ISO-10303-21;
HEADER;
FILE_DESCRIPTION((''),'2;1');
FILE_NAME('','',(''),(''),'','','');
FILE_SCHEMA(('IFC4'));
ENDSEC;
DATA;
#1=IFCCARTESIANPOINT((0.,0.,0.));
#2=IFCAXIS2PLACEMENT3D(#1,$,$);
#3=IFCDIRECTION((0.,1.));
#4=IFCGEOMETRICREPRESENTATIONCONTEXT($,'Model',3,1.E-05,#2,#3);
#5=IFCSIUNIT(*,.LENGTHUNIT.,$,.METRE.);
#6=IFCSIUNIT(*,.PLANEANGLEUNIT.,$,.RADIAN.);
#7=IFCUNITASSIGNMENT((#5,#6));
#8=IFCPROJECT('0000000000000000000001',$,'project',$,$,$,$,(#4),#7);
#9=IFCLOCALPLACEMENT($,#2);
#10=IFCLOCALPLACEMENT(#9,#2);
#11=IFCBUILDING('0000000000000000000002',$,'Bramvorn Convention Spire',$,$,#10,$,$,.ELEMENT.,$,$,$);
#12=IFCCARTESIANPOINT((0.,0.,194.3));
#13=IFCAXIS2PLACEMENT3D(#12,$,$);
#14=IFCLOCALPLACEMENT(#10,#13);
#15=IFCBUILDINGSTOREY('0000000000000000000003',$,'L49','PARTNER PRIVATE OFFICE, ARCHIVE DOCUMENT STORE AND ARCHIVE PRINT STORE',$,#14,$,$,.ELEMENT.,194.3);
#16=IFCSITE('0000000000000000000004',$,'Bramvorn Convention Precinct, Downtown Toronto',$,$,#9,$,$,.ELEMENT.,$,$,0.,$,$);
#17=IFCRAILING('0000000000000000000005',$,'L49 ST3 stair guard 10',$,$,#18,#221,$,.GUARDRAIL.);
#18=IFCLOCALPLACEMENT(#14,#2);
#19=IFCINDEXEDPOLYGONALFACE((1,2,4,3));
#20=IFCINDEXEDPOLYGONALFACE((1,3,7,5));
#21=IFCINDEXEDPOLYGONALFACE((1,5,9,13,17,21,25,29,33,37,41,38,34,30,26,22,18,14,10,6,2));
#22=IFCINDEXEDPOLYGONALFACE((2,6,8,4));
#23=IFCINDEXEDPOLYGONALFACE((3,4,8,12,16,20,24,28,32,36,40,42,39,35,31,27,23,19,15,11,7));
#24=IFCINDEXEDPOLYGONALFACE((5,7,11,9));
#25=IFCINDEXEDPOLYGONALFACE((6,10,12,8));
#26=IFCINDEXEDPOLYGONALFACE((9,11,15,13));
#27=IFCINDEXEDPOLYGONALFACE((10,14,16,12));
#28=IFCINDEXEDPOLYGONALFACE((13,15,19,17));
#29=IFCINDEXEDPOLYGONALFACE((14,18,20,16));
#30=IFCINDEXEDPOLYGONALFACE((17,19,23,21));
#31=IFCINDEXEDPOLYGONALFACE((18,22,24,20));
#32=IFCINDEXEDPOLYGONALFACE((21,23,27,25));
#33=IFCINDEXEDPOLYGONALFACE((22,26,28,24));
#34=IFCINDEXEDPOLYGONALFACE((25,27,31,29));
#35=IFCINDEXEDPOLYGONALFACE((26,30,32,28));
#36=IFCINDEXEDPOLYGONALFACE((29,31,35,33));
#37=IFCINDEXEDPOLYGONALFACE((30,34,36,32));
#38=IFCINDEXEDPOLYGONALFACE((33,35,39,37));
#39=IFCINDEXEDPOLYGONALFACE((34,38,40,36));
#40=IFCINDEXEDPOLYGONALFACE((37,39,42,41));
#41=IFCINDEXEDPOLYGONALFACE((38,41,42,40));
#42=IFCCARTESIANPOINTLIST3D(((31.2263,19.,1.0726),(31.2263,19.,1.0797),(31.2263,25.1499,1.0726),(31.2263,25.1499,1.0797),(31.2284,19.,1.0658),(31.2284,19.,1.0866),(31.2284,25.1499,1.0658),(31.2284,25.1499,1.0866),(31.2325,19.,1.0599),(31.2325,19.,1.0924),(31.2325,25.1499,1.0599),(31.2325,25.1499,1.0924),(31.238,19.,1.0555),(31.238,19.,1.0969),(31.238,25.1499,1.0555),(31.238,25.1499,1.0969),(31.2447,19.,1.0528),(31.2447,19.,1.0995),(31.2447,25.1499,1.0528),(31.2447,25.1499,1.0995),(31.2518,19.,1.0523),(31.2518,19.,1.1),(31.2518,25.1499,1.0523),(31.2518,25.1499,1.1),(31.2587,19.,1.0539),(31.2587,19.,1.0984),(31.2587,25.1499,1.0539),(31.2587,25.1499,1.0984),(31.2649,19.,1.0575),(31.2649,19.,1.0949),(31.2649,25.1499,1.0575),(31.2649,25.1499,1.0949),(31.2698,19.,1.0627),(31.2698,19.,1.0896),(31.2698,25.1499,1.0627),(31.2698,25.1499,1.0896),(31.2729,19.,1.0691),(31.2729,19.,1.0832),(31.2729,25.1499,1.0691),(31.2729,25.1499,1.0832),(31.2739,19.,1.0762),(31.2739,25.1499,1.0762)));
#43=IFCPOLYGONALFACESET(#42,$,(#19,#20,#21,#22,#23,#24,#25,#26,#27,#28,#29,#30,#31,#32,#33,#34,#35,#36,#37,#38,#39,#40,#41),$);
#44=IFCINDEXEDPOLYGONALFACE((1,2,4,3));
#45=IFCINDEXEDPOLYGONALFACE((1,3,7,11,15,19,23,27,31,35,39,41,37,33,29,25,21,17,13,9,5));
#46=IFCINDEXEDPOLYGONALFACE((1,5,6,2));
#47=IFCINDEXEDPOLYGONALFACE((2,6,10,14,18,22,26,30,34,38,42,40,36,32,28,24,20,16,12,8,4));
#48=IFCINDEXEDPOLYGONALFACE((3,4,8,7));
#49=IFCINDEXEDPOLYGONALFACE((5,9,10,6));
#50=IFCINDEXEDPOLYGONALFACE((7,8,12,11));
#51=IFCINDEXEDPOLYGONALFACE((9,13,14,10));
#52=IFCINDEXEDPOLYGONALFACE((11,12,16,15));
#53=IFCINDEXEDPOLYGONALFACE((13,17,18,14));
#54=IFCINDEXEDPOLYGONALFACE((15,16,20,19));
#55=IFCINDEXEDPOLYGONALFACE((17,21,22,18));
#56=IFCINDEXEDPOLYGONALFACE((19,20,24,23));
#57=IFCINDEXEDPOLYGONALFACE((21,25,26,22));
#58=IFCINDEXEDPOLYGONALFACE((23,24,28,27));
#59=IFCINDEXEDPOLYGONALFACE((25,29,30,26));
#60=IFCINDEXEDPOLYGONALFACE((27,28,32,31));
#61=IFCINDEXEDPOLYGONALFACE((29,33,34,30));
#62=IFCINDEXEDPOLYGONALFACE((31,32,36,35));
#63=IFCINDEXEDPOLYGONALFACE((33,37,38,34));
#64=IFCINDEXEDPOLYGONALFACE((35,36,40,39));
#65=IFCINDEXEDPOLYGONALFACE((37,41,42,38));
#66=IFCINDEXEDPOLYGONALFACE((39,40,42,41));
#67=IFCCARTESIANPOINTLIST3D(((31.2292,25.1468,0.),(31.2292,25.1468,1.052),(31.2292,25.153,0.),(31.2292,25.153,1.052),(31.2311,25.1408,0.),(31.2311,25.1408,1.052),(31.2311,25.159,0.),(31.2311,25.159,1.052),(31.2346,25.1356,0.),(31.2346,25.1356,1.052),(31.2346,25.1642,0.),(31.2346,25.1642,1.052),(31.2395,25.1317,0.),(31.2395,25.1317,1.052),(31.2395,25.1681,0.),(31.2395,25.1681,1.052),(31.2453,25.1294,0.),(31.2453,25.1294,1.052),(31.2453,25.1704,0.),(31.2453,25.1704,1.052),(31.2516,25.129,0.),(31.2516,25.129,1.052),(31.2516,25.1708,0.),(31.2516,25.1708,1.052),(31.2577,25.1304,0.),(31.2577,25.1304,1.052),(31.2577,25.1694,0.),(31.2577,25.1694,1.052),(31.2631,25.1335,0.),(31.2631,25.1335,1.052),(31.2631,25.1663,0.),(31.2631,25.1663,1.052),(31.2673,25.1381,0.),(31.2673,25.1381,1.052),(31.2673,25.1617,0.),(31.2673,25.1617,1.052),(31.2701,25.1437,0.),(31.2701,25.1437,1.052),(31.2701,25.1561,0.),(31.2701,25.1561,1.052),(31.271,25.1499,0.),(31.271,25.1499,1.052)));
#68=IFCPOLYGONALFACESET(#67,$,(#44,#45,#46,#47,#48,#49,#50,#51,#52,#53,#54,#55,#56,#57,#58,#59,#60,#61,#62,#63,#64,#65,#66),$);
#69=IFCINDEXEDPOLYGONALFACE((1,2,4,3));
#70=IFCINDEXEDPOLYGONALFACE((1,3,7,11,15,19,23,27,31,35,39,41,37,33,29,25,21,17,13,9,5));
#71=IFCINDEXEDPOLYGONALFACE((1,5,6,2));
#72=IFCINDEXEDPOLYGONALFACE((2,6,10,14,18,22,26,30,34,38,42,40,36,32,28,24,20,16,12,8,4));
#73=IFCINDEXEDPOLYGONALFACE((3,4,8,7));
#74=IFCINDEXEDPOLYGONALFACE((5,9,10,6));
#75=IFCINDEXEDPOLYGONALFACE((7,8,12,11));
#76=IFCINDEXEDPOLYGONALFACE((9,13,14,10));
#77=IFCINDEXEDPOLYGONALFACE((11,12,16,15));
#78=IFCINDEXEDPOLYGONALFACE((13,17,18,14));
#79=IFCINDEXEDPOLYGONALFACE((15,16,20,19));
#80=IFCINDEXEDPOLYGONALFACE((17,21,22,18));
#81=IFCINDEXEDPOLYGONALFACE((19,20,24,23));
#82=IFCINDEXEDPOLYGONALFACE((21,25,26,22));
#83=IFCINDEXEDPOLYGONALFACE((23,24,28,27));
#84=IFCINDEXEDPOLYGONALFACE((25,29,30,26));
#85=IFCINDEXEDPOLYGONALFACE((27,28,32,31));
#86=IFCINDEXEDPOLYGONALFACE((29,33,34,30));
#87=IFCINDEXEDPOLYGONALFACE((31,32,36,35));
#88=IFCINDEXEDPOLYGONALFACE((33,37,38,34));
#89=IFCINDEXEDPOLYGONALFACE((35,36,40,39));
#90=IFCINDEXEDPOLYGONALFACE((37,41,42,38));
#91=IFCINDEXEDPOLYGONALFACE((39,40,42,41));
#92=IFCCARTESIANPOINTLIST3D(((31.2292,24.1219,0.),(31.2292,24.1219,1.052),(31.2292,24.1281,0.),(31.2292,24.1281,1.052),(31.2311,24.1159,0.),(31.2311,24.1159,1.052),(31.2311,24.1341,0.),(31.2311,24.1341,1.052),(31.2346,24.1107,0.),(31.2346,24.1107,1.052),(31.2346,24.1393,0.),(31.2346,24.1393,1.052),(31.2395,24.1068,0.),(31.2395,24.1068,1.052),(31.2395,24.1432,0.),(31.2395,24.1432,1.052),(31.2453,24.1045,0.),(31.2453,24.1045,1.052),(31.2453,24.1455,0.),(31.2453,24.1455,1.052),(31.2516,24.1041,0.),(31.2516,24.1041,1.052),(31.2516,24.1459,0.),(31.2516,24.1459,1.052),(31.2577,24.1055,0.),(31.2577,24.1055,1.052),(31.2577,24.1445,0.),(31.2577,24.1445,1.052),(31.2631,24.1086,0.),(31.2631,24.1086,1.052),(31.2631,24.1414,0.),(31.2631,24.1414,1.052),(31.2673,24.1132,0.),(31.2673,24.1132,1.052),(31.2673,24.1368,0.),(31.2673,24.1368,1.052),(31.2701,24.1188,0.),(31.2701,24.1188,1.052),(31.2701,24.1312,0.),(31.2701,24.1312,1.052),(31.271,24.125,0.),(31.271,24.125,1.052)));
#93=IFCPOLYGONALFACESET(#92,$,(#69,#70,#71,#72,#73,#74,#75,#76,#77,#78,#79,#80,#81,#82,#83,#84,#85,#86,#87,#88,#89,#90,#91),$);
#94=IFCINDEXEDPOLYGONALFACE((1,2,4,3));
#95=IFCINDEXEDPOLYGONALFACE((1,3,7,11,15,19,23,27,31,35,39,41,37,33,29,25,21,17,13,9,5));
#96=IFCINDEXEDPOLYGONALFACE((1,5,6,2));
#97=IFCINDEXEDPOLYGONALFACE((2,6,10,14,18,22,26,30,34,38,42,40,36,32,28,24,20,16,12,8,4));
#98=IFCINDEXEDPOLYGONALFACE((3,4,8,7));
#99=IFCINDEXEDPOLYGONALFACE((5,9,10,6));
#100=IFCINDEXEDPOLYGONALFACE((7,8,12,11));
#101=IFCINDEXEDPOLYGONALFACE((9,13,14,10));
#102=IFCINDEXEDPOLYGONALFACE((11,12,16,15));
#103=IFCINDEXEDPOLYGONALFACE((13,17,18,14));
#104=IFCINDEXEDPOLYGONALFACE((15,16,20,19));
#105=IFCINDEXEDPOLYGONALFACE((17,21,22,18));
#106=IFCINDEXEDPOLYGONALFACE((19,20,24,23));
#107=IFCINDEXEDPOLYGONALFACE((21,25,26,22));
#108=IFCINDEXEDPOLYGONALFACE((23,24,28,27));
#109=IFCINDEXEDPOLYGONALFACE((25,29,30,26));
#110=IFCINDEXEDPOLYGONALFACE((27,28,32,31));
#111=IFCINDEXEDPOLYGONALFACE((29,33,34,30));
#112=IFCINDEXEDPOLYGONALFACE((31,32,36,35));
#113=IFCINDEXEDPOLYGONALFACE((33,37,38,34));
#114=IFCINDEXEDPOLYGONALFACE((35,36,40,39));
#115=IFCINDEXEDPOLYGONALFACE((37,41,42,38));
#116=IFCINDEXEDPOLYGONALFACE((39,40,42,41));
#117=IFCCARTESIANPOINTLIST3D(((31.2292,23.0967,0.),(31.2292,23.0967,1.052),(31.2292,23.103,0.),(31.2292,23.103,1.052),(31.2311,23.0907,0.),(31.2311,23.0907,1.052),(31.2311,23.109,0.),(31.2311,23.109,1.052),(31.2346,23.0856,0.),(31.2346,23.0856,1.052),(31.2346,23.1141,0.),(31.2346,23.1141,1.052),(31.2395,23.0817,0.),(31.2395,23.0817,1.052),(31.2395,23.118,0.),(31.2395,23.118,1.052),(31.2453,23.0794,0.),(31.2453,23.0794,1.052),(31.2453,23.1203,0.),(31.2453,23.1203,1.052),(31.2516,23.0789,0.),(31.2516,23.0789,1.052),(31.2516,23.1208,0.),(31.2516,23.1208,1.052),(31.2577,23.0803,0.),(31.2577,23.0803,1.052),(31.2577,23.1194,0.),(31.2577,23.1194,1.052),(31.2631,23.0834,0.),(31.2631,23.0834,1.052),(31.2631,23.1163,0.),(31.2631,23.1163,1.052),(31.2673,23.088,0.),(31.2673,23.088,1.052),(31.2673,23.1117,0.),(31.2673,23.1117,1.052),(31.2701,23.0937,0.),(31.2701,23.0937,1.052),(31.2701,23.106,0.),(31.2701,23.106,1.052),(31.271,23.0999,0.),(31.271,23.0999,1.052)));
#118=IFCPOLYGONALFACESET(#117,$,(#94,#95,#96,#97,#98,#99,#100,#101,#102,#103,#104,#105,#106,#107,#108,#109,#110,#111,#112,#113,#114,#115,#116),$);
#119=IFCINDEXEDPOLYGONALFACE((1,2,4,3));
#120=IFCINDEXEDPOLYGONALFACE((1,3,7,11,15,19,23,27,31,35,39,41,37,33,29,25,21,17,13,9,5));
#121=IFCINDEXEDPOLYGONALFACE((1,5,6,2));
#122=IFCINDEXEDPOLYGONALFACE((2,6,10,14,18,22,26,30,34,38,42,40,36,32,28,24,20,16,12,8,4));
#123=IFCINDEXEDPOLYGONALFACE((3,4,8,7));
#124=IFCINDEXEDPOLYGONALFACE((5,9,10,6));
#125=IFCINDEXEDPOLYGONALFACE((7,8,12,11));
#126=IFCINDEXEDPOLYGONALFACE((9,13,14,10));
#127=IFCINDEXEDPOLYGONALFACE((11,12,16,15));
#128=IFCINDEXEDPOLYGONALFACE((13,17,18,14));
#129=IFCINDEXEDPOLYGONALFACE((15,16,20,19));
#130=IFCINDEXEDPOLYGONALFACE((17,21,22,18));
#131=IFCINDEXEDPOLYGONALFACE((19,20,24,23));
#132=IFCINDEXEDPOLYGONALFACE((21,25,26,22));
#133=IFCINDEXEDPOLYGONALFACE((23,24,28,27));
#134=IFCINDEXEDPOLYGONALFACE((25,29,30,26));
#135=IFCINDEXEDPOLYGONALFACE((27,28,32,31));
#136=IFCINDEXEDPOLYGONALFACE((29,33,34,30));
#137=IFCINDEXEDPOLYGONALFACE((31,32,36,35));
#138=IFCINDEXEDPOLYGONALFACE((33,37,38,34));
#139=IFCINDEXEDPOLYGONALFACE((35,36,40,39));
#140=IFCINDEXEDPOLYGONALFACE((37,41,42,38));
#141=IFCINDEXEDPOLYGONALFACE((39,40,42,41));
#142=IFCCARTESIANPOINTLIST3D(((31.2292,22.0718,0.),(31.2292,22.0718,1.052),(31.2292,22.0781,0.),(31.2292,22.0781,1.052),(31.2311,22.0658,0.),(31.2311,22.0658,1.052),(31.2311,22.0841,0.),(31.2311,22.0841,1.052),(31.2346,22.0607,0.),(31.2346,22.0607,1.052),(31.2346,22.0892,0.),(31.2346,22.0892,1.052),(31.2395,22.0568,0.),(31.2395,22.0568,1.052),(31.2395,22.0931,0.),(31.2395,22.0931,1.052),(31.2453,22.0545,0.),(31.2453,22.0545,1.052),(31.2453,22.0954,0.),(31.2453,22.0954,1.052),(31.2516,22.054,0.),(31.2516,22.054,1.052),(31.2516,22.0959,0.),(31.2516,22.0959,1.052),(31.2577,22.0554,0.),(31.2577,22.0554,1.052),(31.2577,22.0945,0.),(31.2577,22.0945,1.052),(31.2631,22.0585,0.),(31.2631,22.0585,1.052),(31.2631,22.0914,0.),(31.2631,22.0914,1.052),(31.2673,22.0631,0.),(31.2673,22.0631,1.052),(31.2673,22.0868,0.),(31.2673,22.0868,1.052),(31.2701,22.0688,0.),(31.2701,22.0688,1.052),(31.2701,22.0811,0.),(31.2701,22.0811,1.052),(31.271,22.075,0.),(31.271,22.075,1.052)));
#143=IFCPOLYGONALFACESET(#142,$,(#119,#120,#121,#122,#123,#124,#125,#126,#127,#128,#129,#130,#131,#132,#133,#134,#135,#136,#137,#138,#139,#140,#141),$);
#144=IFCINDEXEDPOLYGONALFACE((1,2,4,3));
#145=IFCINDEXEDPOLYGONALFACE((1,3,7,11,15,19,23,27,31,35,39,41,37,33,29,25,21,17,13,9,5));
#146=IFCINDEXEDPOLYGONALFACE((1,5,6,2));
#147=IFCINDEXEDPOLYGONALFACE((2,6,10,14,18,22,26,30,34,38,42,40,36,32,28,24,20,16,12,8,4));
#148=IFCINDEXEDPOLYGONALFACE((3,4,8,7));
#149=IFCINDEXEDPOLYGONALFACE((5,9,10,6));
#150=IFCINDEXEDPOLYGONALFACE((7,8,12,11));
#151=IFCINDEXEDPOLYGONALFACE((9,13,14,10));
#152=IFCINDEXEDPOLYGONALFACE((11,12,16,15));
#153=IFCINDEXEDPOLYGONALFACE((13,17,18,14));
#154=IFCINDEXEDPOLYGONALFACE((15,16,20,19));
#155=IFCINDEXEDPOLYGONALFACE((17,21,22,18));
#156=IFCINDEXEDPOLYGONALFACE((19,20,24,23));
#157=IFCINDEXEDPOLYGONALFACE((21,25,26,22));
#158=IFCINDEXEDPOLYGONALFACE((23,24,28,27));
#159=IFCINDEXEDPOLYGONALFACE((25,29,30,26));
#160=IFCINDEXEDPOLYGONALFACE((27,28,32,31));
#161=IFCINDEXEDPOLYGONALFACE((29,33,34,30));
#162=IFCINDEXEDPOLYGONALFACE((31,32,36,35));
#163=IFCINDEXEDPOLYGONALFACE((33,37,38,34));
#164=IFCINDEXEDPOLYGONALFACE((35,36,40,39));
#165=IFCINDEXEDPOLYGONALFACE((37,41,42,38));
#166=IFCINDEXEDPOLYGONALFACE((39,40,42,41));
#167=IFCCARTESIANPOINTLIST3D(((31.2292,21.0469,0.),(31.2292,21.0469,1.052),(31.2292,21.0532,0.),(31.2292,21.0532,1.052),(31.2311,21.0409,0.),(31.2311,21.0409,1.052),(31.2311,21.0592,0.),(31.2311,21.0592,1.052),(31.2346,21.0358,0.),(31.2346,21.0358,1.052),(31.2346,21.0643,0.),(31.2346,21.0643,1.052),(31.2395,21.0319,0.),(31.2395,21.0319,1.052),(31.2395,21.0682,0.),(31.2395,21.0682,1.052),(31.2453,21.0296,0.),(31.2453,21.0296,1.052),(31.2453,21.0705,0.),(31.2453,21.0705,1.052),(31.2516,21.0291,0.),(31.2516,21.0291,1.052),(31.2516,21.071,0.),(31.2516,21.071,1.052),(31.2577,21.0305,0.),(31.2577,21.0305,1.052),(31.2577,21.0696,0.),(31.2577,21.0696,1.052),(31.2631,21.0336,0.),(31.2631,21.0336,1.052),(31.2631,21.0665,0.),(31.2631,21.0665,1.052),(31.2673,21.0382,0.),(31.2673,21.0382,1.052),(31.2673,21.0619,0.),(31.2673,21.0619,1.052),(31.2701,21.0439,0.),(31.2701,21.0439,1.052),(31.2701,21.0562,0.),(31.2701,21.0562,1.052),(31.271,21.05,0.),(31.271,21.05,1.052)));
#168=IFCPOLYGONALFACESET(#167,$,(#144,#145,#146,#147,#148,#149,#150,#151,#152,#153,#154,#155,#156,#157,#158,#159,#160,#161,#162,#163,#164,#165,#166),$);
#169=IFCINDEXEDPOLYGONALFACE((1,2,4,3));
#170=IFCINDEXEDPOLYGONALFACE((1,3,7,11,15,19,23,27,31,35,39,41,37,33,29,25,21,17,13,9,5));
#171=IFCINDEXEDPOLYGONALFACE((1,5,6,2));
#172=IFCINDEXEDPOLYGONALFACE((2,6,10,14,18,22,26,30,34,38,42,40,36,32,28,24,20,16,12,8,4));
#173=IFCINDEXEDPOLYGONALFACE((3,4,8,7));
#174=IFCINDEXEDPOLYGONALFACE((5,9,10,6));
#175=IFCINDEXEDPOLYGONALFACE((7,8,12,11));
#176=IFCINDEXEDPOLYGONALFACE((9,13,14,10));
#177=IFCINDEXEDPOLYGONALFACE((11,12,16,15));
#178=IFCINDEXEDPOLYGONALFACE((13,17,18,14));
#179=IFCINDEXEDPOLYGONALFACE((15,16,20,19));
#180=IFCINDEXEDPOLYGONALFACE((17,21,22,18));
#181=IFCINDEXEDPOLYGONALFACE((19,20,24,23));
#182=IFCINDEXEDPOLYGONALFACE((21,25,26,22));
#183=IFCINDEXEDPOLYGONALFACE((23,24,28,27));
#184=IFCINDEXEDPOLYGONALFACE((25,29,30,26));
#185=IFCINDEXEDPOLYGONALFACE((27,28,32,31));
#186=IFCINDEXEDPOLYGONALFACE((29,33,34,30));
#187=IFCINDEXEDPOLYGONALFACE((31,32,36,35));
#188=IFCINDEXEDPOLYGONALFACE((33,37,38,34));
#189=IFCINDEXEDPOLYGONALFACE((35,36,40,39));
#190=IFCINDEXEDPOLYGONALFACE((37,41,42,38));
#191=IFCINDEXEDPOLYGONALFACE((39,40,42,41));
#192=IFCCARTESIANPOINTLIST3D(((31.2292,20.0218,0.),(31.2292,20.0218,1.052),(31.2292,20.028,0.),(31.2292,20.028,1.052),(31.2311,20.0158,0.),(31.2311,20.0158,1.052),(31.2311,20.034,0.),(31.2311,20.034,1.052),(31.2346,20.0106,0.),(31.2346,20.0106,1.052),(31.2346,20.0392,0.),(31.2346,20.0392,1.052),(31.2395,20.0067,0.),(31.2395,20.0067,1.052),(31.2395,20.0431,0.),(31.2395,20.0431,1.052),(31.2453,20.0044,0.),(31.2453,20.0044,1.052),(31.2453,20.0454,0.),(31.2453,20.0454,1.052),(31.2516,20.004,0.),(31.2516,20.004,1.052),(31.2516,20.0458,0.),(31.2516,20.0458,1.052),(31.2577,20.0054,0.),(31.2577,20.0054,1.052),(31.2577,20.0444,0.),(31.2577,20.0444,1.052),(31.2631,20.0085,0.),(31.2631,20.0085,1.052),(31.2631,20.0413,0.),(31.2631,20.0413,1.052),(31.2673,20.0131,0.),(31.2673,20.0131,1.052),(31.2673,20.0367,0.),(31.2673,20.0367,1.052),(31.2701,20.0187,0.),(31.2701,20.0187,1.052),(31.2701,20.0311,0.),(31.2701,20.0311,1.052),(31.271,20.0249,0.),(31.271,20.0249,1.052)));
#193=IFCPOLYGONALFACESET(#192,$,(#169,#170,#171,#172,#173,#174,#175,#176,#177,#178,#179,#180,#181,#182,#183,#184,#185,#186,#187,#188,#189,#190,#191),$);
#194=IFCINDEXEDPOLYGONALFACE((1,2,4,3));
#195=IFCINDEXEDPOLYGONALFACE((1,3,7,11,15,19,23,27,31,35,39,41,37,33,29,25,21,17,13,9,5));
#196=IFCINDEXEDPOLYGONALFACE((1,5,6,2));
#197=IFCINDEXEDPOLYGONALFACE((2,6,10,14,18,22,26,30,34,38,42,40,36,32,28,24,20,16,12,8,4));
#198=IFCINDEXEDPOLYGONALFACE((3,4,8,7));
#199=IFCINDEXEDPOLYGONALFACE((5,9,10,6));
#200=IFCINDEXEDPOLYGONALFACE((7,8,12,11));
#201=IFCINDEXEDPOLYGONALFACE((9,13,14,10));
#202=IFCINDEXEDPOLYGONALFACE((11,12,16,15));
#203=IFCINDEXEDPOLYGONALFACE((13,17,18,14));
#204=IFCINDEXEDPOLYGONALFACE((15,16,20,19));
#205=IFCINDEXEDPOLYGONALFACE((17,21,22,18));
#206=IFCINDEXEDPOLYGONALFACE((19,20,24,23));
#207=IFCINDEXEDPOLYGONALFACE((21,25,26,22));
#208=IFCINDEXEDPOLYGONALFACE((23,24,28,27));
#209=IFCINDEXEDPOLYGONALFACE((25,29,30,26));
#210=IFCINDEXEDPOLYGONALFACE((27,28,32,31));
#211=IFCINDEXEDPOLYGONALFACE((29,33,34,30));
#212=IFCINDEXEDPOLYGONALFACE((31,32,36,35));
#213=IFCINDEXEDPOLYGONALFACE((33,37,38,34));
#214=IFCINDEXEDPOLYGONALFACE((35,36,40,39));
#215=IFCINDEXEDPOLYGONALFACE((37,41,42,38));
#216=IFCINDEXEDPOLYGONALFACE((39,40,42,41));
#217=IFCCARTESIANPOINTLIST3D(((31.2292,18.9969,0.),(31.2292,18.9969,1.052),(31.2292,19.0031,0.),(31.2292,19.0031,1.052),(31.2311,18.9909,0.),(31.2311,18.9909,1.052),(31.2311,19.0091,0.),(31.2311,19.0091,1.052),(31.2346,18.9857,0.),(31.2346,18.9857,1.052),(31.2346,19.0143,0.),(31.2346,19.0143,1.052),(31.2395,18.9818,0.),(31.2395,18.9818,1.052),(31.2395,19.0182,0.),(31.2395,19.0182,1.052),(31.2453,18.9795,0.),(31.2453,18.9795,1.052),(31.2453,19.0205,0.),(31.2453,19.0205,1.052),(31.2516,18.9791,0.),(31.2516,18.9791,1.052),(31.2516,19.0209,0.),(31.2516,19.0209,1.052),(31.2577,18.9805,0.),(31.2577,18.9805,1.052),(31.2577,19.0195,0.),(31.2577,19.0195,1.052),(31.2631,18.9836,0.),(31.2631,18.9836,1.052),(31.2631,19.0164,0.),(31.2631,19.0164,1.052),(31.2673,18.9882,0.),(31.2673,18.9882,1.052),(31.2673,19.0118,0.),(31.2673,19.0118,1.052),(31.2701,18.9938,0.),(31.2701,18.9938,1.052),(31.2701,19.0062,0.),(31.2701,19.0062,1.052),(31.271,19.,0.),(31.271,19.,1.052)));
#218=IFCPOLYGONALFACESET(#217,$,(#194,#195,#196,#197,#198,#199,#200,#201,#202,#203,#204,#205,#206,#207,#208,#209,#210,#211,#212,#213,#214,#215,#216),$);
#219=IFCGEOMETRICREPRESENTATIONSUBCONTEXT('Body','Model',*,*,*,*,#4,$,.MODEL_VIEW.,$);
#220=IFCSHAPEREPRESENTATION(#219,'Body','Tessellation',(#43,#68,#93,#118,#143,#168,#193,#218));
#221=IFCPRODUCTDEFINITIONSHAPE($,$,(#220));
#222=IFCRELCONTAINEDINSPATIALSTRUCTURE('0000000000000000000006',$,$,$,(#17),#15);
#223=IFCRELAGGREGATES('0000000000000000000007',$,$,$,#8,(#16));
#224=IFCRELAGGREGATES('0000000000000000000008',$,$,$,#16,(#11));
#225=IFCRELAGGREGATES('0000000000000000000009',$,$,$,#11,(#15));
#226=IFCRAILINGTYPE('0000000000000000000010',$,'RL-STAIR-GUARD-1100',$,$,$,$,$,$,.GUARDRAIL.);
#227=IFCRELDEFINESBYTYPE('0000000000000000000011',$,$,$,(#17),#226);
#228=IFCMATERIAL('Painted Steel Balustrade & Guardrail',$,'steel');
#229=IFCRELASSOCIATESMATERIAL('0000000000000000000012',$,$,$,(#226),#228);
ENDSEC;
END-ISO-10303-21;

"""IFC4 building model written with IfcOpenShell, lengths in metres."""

from ifc_helpers import new_model, si_unit, direction, frame, origin, origin_2d, place, context, subcontext, project, spatial, circle, extrude, material, type_object, element, save


model = new_model("IFC4")

# Units and contexts
model_context = context("Model", 3, precision=1e-05, world=origin(), true_north=direction((0.0, 1.0)))
body_context = subcontext(model_context, "Body", "Model", "MODEL_VIEW")
ifc_project = project(units=[si_unit("LENGTHUNIT", "METRE"), si_unit("PLANEANGLEUNIT", "RADIAN")], contexts=[model_context])

# Site, building, storey
site_placement = place(None, origin())
site = spatial("IfcSite", under=ifc_project, at=site_placement, Name="Bramvorn Convention Precinct, Downtown Toronto", CompositionType="ELEMENT", RefElevation=0.0)
building_placement = place(site_placement, origin())
building = spatial("IfcBuilding", under=site, at=building_placement, Name="Bramvorn Convention Spire", CompositionType="ELEMENT")
storey_placement = place(building_placement, frame((0.0, 0.0, 194.3)))
storey = spatial("IfcBuildingStorey", under=building, at=storey_placement, Name="L49", Description="PARTNER PRIVATE OFFICE, ARCHIVE DOCUMENT STORE AND ARCHIVE PRINT STORE", CompositionType="ELEMENT", Elevation=194.3)

# Railing
ifc_material_1 = material(Name="Painted Steel Balustrade & Guardrail", Category="steel")
railing_type_1 = type_object("IfcRailingType", Name="RL-STAIR-GUARD-1100", PredefinedType="GUARDRAIL", material=ifc_material_1)
railing_1_placement = place(storey_placement, frame((31.25, 25.1499, 0.0)))
element("IfcRailing", 1, at=railing_1_placement, inside=storey, type_object=railing_type_1, Name="L49 ST3 stair guard 10", PredefinedType="GUARDRAIL", context=body_context, shape_type="SweptSolid", body=[
    extrude(circle(Radius=0.0239, at=origin_2d()), frame((0.0, 0.0, 1.0762), z_axis=(0.0, -1.0, 0.0), x_axis=(1.0, 0.0, 0.0)), (0.0, 0.0, 1.0), 6.1499),
    extrude(circle(Radius=0.021, at=origin_2d()), origin(), (0.0, 0.0, 1.0), 1.052),
    extrude(circle(Radius=0.021, at=origin_2d()), frame((0.0, -1.0249, 0.0)), (0.0, 0.0, 1.0), 1.052),
    extrude(circle(Radius=0.021, at=origin_2d()), frame((0.0, -2.05, 0.0)), (0.0, 0.0, 1.0), 1.052),
    extrude(circle(Radius=0.021, at=origin_2d()), frame((0.0, -3.075, 0.0)), (0.0, 0.0, 1.0), 1.052),
    extrude(circle(Radius=0.021, at=origin_2d()), frame((0.0, -4.0999, 0.0)), (0.0, 0.0, 1.0), 1.052),
    extrude(circle(Radius=0.021, at=origin_2d()), frame((0.0, -5.125, 0.0)), (0.0, 0.0, 1.0), 1.052),
    extrude(circle(Radius=0.021, at=origin_2d()), frame((0.0, -6.1499, 0.0)), (0.0, 0.0, 1.0), 1.052),
])

save(model, "model.ifc")
